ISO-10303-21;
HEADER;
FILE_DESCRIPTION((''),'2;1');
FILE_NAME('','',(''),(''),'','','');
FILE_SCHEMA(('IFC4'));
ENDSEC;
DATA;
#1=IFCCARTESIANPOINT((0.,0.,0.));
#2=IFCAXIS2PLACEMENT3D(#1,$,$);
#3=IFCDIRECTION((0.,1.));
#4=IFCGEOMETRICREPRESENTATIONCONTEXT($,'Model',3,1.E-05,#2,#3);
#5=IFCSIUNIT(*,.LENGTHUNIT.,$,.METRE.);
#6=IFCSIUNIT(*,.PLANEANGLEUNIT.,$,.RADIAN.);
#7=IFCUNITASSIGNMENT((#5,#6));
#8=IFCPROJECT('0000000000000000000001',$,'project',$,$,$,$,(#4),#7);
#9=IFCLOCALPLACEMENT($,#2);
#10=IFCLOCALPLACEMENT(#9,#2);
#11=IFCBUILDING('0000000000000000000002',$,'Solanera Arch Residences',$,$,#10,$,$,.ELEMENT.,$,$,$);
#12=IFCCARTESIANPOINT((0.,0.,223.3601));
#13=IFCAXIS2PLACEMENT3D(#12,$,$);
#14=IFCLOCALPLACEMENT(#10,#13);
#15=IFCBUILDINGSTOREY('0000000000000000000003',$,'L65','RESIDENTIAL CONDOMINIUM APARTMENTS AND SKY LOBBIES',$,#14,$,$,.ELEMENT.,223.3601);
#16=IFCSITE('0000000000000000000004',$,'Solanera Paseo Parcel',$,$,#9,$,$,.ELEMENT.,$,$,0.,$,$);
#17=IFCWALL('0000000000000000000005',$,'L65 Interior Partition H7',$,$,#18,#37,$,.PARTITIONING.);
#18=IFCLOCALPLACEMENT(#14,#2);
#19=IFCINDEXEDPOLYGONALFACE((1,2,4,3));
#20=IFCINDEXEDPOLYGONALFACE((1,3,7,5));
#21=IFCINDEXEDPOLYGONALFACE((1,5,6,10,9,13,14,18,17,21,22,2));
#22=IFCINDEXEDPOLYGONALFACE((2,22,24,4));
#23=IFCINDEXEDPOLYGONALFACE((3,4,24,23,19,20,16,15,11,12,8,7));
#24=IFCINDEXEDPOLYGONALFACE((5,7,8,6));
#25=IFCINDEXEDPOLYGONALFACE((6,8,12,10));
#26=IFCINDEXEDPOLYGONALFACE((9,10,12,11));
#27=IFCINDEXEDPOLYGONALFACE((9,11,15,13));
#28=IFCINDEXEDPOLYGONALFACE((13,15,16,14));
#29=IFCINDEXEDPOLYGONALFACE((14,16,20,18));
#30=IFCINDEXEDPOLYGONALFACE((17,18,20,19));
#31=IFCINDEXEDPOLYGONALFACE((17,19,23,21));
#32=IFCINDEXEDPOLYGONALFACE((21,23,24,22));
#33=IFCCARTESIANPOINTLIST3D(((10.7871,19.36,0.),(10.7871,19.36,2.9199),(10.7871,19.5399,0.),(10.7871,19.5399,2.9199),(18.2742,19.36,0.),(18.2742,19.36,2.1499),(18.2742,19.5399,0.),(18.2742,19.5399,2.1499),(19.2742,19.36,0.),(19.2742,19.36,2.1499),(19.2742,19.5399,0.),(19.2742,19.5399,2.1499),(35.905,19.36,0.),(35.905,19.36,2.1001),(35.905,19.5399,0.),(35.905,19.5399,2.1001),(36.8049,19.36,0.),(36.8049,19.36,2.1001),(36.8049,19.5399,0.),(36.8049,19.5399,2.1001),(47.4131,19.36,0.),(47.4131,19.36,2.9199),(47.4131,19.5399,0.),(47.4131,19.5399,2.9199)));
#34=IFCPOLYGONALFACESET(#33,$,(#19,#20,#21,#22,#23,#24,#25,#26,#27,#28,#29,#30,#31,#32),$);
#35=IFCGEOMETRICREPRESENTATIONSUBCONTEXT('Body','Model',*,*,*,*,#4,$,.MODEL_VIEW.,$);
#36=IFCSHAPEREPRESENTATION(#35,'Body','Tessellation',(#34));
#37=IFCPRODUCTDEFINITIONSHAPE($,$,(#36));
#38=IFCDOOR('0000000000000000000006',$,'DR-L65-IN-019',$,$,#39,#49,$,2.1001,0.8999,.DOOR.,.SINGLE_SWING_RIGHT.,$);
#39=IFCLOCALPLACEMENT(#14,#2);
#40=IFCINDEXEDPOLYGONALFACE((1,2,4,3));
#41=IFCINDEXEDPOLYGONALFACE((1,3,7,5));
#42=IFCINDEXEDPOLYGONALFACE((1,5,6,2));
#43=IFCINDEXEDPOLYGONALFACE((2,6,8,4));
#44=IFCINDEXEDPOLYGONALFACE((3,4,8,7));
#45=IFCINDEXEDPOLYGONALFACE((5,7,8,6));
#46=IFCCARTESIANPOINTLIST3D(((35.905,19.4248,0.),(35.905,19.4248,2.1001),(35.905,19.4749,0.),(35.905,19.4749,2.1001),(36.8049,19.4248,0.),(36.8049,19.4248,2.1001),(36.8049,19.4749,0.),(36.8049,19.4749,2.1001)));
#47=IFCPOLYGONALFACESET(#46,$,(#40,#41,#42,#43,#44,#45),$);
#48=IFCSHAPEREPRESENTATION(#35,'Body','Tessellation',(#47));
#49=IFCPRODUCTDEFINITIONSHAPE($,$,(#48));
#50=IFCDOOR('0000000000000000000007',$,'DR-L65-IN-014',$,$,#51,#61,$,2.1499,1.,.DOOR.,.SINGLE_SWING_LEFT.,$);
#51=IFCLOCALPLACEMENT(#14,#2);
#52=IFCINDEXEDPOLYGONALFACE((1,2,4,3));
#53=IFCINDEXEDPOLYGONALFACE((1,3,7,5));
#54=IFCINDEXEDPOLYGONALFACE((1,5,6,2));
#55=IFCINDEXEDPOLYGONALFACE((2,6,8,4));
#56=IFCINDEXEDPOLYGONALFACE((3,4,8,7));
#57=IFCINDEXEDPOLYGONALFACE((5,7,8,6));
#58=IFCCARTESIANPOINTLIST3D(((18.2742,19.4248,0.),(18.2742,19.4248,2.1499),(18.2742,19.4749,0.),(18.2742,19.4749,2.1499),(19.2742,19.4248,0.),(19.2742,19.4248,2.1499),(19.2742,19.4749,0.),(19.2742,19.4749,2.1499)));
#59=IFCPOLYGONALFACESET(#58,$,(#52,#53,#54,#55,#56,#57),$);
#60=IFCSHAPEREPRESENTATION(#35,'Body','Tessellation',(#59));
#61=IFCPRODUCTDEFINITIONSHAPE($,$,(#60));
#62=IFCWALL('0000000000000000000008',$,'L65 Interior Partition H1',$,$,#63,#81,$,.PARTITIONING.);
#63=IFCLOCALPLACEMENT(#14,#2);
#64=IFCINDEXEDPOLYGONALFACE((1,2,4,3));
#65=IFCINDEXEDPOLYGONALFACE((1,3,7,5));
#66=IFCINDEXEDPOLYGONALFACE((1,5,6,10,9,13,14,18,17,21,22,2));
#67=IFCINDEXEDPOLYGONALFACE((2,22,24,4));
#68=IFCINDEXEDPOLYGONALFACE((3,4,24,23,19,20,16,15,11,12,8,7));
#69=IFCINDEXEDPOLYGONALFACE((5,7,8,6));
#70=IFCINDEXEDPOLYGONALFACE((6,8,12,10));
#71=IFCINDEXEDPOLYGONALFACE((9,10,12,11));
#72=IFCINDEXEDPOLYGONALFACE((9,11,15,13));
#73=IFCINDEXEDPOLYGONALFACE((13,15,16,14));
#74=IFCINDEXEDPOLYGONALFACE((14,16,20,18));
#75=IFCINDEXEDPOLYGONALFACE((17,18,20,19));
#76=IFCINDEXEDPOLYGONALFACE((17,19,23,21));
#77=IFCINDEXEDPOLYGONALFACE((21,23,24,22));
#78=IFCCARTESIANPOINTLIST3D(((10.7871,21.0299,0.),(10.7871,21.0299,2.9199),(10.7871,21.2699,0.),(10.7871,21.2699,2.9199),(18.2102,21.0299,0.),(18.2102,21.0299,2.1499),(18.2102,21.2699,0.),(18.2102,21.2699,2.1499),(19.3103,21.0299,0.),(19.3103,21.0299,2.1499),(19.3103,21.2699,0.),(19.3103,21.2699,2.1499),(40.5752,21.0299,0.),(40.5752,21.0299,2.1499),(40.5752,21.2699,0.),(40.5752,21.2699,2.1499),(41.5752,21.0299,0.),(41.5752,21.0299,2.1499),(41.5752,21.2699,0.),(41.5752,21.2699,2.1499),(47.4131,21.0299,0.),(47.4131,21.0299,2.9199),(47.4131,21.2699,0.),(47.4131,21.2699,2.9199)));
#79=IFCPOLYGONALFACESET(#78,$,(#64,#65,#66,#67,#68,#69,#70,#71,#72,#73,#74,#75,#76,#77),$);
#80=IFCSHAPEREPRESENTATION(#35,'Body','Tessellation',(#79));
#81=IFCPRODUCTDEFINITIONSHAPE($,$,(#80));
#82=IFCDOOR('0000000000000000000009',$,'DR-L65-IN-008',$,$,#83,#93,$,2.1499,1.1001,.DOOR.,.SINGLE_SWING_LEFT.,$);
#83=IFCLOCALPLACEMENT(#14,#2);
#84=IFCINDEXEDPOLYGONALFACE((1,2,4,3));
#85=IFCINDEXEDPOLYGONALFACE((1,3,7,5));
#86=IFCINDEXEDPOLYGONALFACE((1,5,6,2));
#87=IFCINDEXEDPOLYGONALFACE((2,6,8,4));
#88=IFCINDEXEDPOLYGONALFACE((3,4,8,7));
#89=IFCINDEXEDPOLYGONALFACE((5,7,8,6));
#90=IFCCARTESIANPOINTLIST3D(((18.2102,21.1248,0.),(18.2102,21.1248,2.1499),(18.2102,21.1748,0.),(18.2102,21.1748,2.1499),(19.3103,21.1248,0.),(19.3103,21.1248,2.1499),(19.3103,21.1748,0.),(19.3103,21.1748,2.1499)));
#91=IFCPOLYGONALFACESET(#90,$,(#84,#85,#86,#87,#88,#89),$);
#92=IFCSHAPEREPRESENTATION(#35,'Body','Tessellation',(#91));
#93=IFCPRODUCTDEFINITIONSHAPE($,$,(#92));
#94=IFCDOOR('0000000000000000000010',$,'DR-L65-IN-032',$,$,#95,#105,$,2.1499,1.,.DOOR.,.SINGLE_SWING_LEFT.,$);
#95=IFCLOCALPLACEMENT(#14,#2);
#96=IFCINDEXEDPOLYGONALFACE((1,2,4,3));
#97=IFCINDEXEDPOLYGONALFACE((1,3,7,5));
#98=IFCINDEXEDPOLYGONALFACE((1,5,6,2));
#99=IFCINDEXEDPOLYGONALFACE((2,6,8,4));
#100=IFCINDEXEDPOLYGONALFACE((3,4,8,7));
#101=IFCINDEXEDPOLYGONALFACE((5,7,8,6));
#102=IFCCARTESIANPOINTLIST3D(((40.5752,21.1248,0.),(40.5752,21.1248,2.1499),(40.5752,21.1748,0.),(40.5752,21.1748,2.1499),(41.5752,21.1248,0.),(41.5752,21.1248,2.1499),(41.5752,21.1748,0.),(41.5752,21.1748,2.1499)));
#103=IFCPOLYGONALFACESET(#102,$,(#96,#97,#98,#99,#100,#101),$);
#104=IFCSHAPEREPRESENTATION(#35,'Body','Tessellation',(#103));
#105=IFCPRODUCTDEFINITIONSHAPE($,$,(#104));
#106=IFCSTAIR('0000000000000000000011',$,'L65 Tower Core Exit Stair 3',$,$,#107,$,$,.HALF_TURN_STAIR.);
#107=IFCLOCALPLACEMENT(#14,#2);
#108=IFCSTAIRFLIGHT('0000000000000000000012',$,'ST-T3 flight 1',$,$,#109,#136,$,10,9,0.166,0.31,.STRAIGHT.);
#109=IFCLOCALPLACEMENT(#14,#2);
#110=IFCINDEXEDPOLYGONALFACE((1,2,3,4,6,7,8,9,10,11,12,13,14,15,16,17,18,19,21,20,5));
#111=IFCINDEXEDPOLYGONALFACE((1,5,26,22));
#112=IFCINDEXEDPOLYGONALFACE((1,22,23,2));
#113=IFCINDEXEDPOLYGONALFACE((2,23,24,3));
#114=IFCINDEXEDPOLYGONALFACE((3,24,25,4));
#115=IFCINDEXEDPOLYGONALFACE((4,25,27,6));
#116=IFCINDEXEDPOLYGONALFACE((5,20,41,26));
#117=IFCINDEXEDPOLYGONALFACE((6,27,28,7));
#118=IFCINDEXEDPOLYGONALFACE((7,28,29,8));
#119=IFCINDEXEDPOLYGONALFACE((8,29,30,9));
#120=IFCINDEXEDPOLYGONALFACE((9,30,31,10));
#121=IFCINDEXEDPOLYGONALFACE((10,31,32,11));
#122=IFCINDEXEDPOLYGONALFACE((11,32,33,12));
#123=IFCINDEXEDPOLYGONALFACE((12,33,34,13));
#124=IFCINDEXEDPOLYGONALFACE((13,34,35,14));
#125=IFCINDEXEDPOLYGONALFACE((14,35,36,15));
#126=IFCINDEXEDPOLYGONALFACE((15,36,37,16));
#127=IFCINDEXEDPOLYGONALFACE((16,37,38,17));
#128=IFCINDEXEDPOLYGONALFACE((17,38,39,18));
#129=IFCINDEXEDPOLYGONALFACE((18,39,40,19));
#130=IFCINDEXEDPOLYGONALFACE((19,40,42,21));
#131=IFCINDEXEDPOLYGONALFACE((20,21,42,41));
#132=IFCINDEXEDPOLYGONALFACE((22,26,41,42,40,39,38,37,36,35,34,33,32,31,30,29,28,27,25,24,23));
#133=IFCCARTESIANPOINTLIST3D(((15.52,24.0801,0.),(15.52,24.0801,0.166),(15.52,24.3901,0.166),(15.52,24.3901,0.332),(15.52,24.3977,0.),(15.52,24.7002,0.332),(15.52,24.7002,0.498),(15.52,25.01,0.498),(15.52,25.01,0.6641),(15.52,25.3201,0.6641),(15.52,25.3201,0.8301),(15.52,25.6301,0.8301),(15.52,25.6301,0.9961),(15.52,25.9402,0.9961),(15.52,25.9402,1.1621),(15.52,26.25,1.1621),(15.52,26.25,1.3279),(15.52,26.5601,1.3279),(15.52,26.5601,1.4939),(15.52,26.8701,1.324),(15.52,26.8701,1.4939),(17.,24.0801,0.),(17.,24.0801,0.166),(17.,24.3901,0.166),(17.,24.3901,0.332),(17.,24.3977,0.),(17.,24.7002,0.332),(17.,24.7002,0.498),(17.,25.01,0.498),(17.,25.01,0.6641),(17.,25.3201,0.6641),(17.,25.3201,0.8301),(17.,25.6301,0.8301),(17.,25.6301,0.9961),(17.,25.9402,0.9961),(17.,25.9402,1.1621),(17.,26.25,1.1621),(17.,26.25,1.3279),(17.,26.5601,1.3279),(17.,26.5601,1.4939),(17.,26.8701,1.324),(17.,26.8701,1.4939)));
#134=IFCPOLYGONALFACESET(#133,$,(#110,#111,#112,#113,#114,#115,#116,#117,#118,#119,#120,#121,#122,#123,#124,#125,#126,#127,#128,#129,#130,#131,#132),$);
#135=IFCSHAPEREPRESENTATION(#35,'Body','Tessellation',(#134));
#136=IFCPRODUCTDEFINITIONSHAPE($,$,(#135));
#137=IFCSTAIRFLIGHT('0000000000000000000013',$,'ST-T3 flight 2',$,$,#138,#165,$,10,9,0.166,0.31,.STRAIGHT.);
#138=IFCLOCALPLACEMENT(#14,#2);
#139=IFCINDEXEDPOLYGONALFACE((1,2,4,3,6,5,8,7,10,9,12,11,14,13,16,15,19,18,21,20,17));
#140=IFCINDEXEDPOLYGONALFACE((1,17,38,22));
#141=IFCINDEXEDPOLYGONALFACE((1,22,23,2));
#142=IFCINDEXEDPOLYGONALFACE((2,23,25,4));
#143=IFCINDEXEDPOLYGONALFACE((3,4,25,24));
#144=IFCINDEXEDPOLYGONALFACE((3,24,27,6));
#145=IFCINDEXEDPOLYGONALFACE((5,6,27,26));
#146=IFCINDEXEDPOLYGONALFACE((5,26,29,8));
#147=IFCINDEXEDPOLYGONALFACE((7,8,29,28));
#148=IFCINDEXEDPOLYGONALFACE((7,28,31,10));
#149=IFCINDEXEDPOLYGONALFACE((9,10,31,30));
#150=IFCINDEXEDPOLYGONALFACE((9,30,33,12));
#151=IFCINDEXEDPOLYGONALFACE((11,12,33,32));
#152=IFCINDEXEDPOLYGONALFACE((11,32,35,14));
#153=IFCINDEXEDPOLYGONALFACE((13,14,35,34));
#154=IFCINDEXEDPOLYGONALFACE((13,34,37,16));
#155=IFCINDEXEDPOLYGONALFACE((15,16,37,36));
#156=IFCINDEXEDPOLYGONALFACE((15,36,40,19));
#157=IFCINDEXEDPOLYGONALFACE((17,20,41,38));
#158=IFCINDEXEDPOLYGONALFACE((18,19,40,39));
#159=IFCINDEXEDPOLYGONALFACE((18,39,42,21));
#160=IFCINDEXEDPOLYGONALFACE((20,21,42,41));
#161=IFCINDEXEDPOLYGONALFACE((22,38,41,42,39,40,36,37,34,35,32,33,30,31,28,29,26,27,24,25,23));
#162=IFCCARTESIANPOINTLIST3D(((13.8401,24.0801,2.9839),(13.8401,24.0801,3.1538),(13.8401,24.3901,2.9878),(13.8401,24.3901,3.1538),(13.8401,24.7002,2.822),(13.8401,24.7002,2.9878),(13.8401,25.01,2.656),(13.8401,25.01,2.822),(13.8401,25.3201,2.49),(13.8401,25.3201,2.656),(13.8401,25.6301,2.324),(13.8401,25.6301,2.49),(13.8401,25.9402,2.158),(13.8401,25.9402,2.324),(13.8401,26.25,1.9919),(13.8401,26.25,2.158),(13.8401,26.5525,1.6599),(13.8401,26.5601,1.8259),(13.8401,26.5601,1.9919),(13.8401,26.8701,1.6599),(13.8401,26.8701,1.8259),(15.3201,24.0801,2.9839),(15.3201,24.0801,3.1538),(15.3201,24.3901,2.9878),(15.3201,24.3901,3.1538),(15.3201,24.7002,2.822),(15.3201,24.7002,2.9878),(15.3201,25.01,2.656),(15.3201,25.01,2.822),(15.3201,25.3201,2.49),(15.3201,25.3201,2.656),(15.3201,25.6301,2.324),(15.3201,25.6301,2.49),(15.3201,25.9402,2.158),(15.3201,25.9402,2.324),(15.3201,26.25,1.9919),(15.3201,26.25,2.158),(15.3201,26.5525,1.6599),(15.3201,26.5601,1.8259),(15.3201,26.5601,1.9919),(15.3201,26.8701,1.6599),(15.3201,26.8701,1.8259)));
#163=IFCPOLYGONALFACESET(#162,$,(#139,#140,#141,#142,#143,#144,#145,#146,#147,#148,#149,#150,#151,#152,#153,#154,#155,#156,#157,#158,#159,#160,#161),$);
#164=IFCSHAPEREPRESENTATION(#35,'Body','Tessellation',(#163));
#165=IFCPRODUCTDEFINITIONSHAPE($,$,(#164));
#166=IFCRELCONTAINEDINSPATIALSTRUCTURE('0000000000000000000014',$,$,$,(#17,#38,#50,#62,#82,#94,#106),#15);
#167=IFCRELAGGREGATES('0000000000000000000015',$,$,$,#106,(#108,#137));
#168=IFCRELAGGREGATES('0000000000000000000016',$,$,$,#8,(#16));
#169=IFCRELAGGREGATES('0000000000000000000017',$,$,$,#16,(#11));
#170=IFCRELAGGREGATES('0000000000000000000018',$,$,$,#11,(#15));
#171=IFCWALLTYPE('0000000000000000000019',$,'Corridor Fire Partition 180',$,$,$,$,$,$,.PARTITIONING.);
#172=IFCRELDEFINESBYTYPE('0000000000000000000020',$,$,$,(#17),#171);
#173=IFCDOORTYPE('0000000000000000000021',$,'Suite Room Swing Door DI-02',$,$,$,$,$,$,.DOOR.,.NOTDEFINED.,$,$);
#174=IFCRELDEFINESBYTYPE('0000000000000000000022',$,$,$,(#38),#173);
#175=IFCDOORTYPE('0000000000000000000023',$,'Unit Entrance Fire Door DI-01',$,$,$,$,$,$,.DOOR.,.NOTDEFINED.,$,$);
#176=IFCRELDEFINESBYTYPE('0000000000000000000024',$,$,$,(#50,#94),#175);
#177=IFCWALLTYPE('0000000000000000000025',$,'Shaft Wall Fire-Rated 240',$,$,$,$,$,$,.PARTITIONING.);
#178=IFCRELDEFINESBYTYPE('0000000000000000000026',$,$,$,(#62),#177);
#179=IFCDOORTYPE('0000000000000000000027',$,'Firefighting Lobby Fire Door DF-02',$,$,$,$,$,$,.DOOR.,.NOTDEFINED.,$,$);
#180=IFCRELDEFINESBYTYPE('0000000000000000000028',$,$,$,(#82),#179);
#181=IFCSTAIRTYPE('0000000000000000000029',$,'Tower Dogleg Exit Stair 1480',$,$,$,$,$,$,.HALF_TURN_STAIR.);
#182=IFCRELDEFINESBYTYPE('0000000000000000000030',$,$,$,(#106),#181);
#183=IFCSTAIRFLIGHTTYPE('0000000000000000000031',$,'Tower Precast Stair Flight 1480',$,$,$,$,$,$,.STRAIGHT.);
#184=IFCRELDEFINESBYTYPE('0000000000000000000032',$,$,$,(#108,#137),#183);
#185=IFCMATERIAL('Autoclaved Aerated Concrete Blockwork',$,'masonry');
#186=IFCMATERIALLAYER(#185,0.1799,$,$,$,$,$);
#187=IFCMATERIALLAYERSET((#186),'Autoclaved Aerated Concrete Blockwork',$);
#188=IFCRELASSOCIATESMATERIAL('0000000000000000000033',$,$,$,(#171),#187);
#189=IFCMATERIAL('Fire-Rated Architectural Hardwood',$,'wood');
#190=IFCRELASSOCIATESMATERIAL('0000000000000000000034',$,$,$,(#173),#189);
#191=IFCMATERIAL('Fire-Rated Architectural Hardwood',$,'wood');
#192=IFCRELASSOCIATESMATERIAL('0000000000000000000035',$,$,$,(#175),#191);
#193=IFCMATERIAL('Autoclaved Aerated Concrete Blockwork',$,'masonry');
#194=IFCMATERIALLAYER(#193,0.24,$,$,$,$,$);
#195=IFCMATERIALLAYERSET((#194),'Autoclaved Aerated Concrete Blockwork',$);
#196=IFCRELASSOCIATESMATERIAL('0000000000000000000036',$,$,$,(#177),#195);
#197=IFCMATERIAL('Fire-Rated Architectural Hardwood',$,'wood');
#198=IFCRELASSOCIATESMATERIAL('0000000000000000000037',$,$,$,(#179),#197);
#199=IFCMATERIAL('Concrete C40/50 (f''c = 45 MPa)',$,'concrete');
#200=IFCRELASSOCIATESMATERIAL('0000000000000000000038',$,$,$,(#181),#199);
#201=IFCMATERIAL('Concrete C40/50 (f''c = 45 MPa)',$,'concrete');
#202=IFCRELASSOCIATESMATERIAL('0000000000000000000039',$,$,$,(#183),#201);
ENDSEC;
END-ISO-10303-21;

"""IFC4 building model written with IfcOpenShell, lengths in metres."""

from ifc_helpers import new_model, si_unit, direction, frame, frame_2d, origin, place, context, subcontext, project, spatial, polyline, rectangle, outline, extrude, material, layer, layer_set, type_object, element, fill, aggregate, save


model = new_model("IFC4")

# Units and contexts
model_context = context("Model", 3, precision=1e-05, world=origin(), true_north=direction((0.0, 1.0)))
body_context = subcontext(model_context, "Body", "Model", "MODEL_VIEW")
ifc_project = project(units=[si_unit("LENGTHUNIT", "METRE"), si_unit("PLANEANGLEUNIT", "RADIAN")], contexts=[model_context])

# Site, building, storey
site_placement = place(None, origin())
site = spatial("IfcSite", under=ifc_project, at=site_placement, Name="Solanera Paseo Parcel", CompositionType="ELEMENT", RefElevation=0.0)
building_placement = place(site_placement, origin())
building = spatial("IfcBuilding", under=site, at=building_placement, Name="Solanera Arch Residences", CompositionType="ELEMENT")
storey_placement = place(building_placement, frame((0.0, 0.0, 223.3601)))
storey = spatial("IfcBuildingStorey", under=building, at=storey_placement, Name="L65", Description="RESIDENTIAL CONDOMINIUM APARTMENTS AND SKY LOBBIES", CompositionType="ELEMENT", Elevation=223.3601)

# Walls, openings, doors
ifc_material_1 = material(Name="Autoclaved Aerated Concrete Blockwork", Category="masonry")
ifc_layer_1 = layer(ifc_material_1, 0.1799)
ifc_layer_set_1 = layer_set([ifc_layer_1], Name="Autoclaved Aerated Concrete Blockwork")
wall_type_1 = type_object("IfcWallType", Name="Corridor Fire Partition 180", PredefinedType="PARTITIONING", material=ifc_layer_set_1)
wall_1_placement = place(storey_placement, frame((10.7871, 19.45, 0.0), z_axis=(0.0, 0.0, 1.0), x_axis=(1.0, 0.0, 0.0)))
wall_1 = element("IfcWall", 1, at=wall_1_placement, inside=storey, type_object=wall_type_1, Name="L65 Interior Partition H7", PredefinedType="PARTITIONING", context=body_context, shape_type="SweptSolid", body=[
    extrude(rectangle(XDim=36.626, YDim=0.1799, at=frame_2d((18.313, 0.0))), origin(), (0.0, 0.0, 1.0), 2.9199),
])
opening_1_placement = place(wall_1_placement, frame((7.4871, 0.0, 0.0)))
opening_1 = element("IfcOpeningElement", 2, at=opening_1_placement, cuts=wall_1, PredefinedType="OPENING", context=body_context, shape_type="SweptSolid", body=[
    extrude(rectangle(XDim=1.0, YDim=2.1499, at=frame_2d((0.5, 1.075))), frame((0.0, 0.1001, 0.0), z_axis=(0.0, -1.0, 0.0), x_axis=(1.0, 0.0, 0.0)), (0.0, 0.0, 1.0), 0.1999),
])
opening_2_placement = place(wall_1_placement, frame((25.1179, 0.0, 0.0)))
opening_2 = element("IfcOpeningElement", 3, at=opening_2_placement, cuts=wall_1, PredefinedType="OPENING", context=body_context, shape_type="SweptSolid", body=[
    extrude(rectangle(XDim=0.8999, YDim=2.1001, at=frame_2d((0.45, 1.05))), frame((0.0, 0.1001, 0.0), z_axis=(0.0, -1.0, 0.0), x_axis=(1.0, 0.0, 0.0)), (0.0, 0.0, 1.0), 0.1999),
])
ifc_material_2 = material(Name="Fire-Rated Architectural Hardwood", Category="wood")
door_type_1 = type_object("IfcDoorType", Name="Suite Room Swing Door DI-02", OperationType="NOTDEFINED", PredefinedType="DOOR", material=ifc_material_2)
door_1_placement = place(opening_2_placement, origin())
door_1 = element("IfcDoor", 4, at=door_1_placement, inside=storey, type_object=door_type_1, Name="DR-L65-IN-019", OperationType="SINGLE_SWING_RIGHT", OverallHeight=2.1001, OverallWidth=0.8999, PredefinedType="DOOR", context=body_context, shape_type="SweptSolid", body=[
    extrude(rectangle(XDim=0.8999, YDim=2.1001, at=frame_2d((0.45, 1.05))), frame((0.0, 0.0249, 0.0), z_axis=(0.0, -1.0, 0.0), x_axis=(1.0, 0.0, 0.0)), (0.0, 0.0, 1.0), 0.05),
])
fill(opening_2, door_1)
ifc_material_3 = material(Name="Fire-Rated Architectural Hardwood", Category="wood")
door_type_2 = type_object("IfcDoorType", Name="Unit Entrance Fire Door DI-01", OperationType="NOTDEFINED", PredefinedType="DOOR", material=ifc_material_3)
door_2_placement = place(opening_1_placement, origin())
door_2 = element("IfcDoor", 5, at=door_2_placement, inside=storey, type_object=door_type_2, Name="DR-L65-IN-014", OperationType="SINGLE_SWING_LEFT", OverallHeight=2.1499, OverallWidth=1.0, PredefinedType="DOOR", context=body_context, shape_type="SweptSolid", body=[
    extrude(rectangle(XDim=1.0, YDim=2.1499, at=frame_2d((0.5, 1.075))), frame((0.0, 0.0249, 0.0), z_axis=(0.0, -1.0, 0.0), x_axis=(1.0, 0.0, 0.0)), (0.0, 0.0, 1.0), 0.05),
])
fill(opening_1, door_2)
ifc_material_4 = material(Name="Autoclaved Aerated Concrete Blockwork", Category="masonry")
ifc_layer_2 = layer(ifc_material_4, 0.24)
ifc_layer_set_2 = layer_set([ifc_layer_2], Name="Autoclaved Aerated Concrete Blockwork")
wall_type_2 = type_object("IfcWallType", Name="Shaft Wall Fire-Rated 240", PredefinedType="PARTITIONING", material=ifc_layer_set_2)
wall_2_placement = place(storey_placement, frame((10.7871, 21.1499, 0.0), z_axis=(0.0, 0.0, 1.0), x_axis=(1.0, 0.0, 0.0)))
wall_2 = element("IfcWall", 6, at=wall_2_placement, inside=storey, type_object=wall_type_2, Name="L65 Interior Partition H1", PredefinedType="PARTITIONING", context=body_context, shape_type="SweptSolid", body=[
    extrude(rectangle(XDim=36.626, YDim=0.24, at=frame_2d((18.313, 0.0))), origin(), (0.0, 0.0, 1.0), 2.9199),
])
opening_3_placement = place(wall_2_placement, frame((7.4231, 0.0, 0.0)))
opening_3 = element("IfcOpeningElement", 7, at=opening_3_placement, cuts=wall_2, PredefinedType="OPENING", context=body_context, shape_type="SweptSolid", body=[
    extrude(rectangle(XDim=1.1001, YDim=2.1499, at=frame_2d((0.55, 1.075))), frame((0.0, 0.1299, 0.0), z_axis=(0.0, -1.0, 0.0), x_axis=(1.0, 0.0, 0.0)), (0.0, 0.0, 1.0), 0.26),
])
opening_4_placement = place(wall_2_placement, frame((29.7881, 0.0, 0.0)))
opening_4 = element("IfcOpeningElement", 8, at=opening_4_placement, cuts=wall_2, PredefinedType="OPENING", context=body_context, shape_type="SweptSolid", body=[
    extrude(rectangle(XDim=1.0, YDim=2.1499, at=frame_2d((0.5, 1.075))), frame((0.0, 0.1299, 0.0), z_axis=(0.0, -1.0, 0.0), x_axis=(1.0, 0.0, 0.0)), (0.0, 0.0, 1.0), 0.26),
])
ifc_material_5 = material(Name="Fire-Rated Architectural Hardwood", Category="wood")
door_type_3 = type_object("IfcDoorType", Name="Firefighting Lobby Fire Door DF-02", OperationType="NOTDEFINED", PredefinedType="DOOR", material=ifc_material_5)
door_3_placement = place(opening_3_placement, origin())
door_3 = element("IfcDoor", 9, at=door_3_placement, inside=storey, type_object=door_type_3, Name="DR-L65-IN-008", OperationType="SINGLE_SWING_LEFT", OverallHeight=2.1499, OverallWidth=1.1001, PredefinedType="DOOR", context=body_context, shape_type="SweptSolid", body=[
    extrude(rectangle(XDim=1.1001, YDim=2.1499, at=frame_2d((0.55, 1.075))), frame((0.0, 0.0249, 0.0), z_axis=(0.0, -1.0, 0.0), x_axis=(1.0, 0.0, 0.0)), (0.0, 0.0, 1.0), 0.05),
])
fill(opening_3, door_3)
door_4_placement = place(opening_4_placement, origin())
door_4 = element("IfcDoor", 10, at=door_4_placement, inside=storey, type_object=door_type_2, Name="DR-L65-IN-032", OperationType="SINGLE_SWING_LEFT", OverallHeight=2.1499, OverallWidth=1.0, PredefinedType="DOOR", context=body_context, shape_type="SweptSolid", body=[
    extrude(rectangle(XDim=1.0, YDim=2.1499, at=frame_2d((0.5, 1.075))), frame((0.0, 0.0249, 0.0), z_axis=(0.0, -1.0, 0.0), x_axis=(1.0, 0.0, 0.0)), (0.0, 0.0, 1.0), 0.05),
])
fill(opening_4, door_4)

# Stair, stair flights
ifc_material_6 = material(Name="Concrete C40/50 (f'c = 45 MPa)", Category="concrete")
stair_type = type_object("IfcStairType", Name="Tower Dogleg Exit Stair 1480", PredefinedType="HALF_TURN_STAIR", material=ifc_material_6)
stair_placement = place(storey_placement, origin())
stair = element("IfcStair", 11, at=stair_placement, inside=storey, type_object=stair_type, Name="L65 Tower Core Exit Stair 3", PredefinedType="HALF_TURN_STAIR")
ifc_material_7 = material(Name="Concrete C40/50 (f'c = 45 MPa)", Category="concrete")
stair_flight_type = type_object("IfcStairFlightType", Name="Tower Precast Stair Flight 1480", PredefinedType="STRAIGHT", material=ifc_material_7)
stair_flight_1_placement = place(storey_placement, frame((16.26, 24.0801, 0.0), z_axis=(0.0, 0.0, 1.0), x_axis=(0.0, 1.0, 0.0)))
stair_flight_1 = element("IfcStairFlight", 12, at=stair_flight_1_placement, type_object=stair_flight_type, Name="ST-T3 flight 1", NumberOfRisers=10, NumberOfTreads=9, PredefinedType="STRAIGHT", RiserHeight=0.166, TreadLength=0.31, context=body_context, shape_type="SweptSolid", body=[
    extrude(outline(polyline([(0.0, 0.0), (0.0, 0.166), (0.3101, 0.166), (0.3101, 0.332), (0.6201, 0.332), (0.6201, 0.498), (0.9299, 0.498), (0.9299, 0.6641), (1.24, 0.6641), (1.24, 0.8301), (1.55, 0.8301), (1.55, 0.9961), (1.8601, 0.9961), (1.8601, 1.1621), (2.1699, 1.1621), (2.1699, 1.3279), (2.48, 1.3279), (2.48, 1.4939), (2.79, 1.4939), (2.79, 1.6599), (2.79, 1.324), (0.3176, 0.0), (0.0, 0.0)])), frame((0.0, 0.74, 0.0), z_axis=(0.0, -1.0, 0.0), x_axis=(1.0, 0.0, 0.0)), (0.0, 0.0, 1.0), 1.48),
])
stair_flight_2_placement = place(storey_placement, frame((14.5801, 26.8701, 1.6599), z_axis=(0.0, 0.0, 1.0), x_axis=(0.0, -1.0, 0.0)))
stair_flight_2 = element("IfcStairFlight", 13, at=stair_flight_2_placement, type_object=stair_flight_type, Name="ST-T3 flight 2", NumberOfRisers=10, NumberOfTreads=9, PredefinedType="STRAIGHT", RiserHeight=0.166, TreadLength=0.31, context=body_context, shape_type="SweptSolid", body=[
    extrude(outline(polyline([(0.0, 0.0), (0.0, 0.166), (0.3101, 0.166), (0.3101, 0.332), (0.6201, 0.332), (0.6201, 0.498), (0.9299, 0.498), (0.9299, 0.6641), (1.24, 0.6641), (1.24, 0.8301), (1.55, 0.8301), (1.55, 0.9961), (1.8601, 0.9961), (1.8601, 1.1621), (2.1699, 1.1621), (2.1699, 1.3279), (2.48, 1.3279), (2.48, 1.4939), (2.79, 1.4939), (2.79, 1.6599), (2.79, 1.324), (0.3176, 0.0), (0.0, 0.0)])), frame((0.0, 0.74, 0.0), z_axis=(0.0, -1.0, 0.0), x_axis=(1.0, 0.0, 0.0)), (0.0, 0.0, 1.0), 1.48),
])
aggregate(stair, [stair_flight_1, stair_flight_2])

save(model, "model.ifc")
